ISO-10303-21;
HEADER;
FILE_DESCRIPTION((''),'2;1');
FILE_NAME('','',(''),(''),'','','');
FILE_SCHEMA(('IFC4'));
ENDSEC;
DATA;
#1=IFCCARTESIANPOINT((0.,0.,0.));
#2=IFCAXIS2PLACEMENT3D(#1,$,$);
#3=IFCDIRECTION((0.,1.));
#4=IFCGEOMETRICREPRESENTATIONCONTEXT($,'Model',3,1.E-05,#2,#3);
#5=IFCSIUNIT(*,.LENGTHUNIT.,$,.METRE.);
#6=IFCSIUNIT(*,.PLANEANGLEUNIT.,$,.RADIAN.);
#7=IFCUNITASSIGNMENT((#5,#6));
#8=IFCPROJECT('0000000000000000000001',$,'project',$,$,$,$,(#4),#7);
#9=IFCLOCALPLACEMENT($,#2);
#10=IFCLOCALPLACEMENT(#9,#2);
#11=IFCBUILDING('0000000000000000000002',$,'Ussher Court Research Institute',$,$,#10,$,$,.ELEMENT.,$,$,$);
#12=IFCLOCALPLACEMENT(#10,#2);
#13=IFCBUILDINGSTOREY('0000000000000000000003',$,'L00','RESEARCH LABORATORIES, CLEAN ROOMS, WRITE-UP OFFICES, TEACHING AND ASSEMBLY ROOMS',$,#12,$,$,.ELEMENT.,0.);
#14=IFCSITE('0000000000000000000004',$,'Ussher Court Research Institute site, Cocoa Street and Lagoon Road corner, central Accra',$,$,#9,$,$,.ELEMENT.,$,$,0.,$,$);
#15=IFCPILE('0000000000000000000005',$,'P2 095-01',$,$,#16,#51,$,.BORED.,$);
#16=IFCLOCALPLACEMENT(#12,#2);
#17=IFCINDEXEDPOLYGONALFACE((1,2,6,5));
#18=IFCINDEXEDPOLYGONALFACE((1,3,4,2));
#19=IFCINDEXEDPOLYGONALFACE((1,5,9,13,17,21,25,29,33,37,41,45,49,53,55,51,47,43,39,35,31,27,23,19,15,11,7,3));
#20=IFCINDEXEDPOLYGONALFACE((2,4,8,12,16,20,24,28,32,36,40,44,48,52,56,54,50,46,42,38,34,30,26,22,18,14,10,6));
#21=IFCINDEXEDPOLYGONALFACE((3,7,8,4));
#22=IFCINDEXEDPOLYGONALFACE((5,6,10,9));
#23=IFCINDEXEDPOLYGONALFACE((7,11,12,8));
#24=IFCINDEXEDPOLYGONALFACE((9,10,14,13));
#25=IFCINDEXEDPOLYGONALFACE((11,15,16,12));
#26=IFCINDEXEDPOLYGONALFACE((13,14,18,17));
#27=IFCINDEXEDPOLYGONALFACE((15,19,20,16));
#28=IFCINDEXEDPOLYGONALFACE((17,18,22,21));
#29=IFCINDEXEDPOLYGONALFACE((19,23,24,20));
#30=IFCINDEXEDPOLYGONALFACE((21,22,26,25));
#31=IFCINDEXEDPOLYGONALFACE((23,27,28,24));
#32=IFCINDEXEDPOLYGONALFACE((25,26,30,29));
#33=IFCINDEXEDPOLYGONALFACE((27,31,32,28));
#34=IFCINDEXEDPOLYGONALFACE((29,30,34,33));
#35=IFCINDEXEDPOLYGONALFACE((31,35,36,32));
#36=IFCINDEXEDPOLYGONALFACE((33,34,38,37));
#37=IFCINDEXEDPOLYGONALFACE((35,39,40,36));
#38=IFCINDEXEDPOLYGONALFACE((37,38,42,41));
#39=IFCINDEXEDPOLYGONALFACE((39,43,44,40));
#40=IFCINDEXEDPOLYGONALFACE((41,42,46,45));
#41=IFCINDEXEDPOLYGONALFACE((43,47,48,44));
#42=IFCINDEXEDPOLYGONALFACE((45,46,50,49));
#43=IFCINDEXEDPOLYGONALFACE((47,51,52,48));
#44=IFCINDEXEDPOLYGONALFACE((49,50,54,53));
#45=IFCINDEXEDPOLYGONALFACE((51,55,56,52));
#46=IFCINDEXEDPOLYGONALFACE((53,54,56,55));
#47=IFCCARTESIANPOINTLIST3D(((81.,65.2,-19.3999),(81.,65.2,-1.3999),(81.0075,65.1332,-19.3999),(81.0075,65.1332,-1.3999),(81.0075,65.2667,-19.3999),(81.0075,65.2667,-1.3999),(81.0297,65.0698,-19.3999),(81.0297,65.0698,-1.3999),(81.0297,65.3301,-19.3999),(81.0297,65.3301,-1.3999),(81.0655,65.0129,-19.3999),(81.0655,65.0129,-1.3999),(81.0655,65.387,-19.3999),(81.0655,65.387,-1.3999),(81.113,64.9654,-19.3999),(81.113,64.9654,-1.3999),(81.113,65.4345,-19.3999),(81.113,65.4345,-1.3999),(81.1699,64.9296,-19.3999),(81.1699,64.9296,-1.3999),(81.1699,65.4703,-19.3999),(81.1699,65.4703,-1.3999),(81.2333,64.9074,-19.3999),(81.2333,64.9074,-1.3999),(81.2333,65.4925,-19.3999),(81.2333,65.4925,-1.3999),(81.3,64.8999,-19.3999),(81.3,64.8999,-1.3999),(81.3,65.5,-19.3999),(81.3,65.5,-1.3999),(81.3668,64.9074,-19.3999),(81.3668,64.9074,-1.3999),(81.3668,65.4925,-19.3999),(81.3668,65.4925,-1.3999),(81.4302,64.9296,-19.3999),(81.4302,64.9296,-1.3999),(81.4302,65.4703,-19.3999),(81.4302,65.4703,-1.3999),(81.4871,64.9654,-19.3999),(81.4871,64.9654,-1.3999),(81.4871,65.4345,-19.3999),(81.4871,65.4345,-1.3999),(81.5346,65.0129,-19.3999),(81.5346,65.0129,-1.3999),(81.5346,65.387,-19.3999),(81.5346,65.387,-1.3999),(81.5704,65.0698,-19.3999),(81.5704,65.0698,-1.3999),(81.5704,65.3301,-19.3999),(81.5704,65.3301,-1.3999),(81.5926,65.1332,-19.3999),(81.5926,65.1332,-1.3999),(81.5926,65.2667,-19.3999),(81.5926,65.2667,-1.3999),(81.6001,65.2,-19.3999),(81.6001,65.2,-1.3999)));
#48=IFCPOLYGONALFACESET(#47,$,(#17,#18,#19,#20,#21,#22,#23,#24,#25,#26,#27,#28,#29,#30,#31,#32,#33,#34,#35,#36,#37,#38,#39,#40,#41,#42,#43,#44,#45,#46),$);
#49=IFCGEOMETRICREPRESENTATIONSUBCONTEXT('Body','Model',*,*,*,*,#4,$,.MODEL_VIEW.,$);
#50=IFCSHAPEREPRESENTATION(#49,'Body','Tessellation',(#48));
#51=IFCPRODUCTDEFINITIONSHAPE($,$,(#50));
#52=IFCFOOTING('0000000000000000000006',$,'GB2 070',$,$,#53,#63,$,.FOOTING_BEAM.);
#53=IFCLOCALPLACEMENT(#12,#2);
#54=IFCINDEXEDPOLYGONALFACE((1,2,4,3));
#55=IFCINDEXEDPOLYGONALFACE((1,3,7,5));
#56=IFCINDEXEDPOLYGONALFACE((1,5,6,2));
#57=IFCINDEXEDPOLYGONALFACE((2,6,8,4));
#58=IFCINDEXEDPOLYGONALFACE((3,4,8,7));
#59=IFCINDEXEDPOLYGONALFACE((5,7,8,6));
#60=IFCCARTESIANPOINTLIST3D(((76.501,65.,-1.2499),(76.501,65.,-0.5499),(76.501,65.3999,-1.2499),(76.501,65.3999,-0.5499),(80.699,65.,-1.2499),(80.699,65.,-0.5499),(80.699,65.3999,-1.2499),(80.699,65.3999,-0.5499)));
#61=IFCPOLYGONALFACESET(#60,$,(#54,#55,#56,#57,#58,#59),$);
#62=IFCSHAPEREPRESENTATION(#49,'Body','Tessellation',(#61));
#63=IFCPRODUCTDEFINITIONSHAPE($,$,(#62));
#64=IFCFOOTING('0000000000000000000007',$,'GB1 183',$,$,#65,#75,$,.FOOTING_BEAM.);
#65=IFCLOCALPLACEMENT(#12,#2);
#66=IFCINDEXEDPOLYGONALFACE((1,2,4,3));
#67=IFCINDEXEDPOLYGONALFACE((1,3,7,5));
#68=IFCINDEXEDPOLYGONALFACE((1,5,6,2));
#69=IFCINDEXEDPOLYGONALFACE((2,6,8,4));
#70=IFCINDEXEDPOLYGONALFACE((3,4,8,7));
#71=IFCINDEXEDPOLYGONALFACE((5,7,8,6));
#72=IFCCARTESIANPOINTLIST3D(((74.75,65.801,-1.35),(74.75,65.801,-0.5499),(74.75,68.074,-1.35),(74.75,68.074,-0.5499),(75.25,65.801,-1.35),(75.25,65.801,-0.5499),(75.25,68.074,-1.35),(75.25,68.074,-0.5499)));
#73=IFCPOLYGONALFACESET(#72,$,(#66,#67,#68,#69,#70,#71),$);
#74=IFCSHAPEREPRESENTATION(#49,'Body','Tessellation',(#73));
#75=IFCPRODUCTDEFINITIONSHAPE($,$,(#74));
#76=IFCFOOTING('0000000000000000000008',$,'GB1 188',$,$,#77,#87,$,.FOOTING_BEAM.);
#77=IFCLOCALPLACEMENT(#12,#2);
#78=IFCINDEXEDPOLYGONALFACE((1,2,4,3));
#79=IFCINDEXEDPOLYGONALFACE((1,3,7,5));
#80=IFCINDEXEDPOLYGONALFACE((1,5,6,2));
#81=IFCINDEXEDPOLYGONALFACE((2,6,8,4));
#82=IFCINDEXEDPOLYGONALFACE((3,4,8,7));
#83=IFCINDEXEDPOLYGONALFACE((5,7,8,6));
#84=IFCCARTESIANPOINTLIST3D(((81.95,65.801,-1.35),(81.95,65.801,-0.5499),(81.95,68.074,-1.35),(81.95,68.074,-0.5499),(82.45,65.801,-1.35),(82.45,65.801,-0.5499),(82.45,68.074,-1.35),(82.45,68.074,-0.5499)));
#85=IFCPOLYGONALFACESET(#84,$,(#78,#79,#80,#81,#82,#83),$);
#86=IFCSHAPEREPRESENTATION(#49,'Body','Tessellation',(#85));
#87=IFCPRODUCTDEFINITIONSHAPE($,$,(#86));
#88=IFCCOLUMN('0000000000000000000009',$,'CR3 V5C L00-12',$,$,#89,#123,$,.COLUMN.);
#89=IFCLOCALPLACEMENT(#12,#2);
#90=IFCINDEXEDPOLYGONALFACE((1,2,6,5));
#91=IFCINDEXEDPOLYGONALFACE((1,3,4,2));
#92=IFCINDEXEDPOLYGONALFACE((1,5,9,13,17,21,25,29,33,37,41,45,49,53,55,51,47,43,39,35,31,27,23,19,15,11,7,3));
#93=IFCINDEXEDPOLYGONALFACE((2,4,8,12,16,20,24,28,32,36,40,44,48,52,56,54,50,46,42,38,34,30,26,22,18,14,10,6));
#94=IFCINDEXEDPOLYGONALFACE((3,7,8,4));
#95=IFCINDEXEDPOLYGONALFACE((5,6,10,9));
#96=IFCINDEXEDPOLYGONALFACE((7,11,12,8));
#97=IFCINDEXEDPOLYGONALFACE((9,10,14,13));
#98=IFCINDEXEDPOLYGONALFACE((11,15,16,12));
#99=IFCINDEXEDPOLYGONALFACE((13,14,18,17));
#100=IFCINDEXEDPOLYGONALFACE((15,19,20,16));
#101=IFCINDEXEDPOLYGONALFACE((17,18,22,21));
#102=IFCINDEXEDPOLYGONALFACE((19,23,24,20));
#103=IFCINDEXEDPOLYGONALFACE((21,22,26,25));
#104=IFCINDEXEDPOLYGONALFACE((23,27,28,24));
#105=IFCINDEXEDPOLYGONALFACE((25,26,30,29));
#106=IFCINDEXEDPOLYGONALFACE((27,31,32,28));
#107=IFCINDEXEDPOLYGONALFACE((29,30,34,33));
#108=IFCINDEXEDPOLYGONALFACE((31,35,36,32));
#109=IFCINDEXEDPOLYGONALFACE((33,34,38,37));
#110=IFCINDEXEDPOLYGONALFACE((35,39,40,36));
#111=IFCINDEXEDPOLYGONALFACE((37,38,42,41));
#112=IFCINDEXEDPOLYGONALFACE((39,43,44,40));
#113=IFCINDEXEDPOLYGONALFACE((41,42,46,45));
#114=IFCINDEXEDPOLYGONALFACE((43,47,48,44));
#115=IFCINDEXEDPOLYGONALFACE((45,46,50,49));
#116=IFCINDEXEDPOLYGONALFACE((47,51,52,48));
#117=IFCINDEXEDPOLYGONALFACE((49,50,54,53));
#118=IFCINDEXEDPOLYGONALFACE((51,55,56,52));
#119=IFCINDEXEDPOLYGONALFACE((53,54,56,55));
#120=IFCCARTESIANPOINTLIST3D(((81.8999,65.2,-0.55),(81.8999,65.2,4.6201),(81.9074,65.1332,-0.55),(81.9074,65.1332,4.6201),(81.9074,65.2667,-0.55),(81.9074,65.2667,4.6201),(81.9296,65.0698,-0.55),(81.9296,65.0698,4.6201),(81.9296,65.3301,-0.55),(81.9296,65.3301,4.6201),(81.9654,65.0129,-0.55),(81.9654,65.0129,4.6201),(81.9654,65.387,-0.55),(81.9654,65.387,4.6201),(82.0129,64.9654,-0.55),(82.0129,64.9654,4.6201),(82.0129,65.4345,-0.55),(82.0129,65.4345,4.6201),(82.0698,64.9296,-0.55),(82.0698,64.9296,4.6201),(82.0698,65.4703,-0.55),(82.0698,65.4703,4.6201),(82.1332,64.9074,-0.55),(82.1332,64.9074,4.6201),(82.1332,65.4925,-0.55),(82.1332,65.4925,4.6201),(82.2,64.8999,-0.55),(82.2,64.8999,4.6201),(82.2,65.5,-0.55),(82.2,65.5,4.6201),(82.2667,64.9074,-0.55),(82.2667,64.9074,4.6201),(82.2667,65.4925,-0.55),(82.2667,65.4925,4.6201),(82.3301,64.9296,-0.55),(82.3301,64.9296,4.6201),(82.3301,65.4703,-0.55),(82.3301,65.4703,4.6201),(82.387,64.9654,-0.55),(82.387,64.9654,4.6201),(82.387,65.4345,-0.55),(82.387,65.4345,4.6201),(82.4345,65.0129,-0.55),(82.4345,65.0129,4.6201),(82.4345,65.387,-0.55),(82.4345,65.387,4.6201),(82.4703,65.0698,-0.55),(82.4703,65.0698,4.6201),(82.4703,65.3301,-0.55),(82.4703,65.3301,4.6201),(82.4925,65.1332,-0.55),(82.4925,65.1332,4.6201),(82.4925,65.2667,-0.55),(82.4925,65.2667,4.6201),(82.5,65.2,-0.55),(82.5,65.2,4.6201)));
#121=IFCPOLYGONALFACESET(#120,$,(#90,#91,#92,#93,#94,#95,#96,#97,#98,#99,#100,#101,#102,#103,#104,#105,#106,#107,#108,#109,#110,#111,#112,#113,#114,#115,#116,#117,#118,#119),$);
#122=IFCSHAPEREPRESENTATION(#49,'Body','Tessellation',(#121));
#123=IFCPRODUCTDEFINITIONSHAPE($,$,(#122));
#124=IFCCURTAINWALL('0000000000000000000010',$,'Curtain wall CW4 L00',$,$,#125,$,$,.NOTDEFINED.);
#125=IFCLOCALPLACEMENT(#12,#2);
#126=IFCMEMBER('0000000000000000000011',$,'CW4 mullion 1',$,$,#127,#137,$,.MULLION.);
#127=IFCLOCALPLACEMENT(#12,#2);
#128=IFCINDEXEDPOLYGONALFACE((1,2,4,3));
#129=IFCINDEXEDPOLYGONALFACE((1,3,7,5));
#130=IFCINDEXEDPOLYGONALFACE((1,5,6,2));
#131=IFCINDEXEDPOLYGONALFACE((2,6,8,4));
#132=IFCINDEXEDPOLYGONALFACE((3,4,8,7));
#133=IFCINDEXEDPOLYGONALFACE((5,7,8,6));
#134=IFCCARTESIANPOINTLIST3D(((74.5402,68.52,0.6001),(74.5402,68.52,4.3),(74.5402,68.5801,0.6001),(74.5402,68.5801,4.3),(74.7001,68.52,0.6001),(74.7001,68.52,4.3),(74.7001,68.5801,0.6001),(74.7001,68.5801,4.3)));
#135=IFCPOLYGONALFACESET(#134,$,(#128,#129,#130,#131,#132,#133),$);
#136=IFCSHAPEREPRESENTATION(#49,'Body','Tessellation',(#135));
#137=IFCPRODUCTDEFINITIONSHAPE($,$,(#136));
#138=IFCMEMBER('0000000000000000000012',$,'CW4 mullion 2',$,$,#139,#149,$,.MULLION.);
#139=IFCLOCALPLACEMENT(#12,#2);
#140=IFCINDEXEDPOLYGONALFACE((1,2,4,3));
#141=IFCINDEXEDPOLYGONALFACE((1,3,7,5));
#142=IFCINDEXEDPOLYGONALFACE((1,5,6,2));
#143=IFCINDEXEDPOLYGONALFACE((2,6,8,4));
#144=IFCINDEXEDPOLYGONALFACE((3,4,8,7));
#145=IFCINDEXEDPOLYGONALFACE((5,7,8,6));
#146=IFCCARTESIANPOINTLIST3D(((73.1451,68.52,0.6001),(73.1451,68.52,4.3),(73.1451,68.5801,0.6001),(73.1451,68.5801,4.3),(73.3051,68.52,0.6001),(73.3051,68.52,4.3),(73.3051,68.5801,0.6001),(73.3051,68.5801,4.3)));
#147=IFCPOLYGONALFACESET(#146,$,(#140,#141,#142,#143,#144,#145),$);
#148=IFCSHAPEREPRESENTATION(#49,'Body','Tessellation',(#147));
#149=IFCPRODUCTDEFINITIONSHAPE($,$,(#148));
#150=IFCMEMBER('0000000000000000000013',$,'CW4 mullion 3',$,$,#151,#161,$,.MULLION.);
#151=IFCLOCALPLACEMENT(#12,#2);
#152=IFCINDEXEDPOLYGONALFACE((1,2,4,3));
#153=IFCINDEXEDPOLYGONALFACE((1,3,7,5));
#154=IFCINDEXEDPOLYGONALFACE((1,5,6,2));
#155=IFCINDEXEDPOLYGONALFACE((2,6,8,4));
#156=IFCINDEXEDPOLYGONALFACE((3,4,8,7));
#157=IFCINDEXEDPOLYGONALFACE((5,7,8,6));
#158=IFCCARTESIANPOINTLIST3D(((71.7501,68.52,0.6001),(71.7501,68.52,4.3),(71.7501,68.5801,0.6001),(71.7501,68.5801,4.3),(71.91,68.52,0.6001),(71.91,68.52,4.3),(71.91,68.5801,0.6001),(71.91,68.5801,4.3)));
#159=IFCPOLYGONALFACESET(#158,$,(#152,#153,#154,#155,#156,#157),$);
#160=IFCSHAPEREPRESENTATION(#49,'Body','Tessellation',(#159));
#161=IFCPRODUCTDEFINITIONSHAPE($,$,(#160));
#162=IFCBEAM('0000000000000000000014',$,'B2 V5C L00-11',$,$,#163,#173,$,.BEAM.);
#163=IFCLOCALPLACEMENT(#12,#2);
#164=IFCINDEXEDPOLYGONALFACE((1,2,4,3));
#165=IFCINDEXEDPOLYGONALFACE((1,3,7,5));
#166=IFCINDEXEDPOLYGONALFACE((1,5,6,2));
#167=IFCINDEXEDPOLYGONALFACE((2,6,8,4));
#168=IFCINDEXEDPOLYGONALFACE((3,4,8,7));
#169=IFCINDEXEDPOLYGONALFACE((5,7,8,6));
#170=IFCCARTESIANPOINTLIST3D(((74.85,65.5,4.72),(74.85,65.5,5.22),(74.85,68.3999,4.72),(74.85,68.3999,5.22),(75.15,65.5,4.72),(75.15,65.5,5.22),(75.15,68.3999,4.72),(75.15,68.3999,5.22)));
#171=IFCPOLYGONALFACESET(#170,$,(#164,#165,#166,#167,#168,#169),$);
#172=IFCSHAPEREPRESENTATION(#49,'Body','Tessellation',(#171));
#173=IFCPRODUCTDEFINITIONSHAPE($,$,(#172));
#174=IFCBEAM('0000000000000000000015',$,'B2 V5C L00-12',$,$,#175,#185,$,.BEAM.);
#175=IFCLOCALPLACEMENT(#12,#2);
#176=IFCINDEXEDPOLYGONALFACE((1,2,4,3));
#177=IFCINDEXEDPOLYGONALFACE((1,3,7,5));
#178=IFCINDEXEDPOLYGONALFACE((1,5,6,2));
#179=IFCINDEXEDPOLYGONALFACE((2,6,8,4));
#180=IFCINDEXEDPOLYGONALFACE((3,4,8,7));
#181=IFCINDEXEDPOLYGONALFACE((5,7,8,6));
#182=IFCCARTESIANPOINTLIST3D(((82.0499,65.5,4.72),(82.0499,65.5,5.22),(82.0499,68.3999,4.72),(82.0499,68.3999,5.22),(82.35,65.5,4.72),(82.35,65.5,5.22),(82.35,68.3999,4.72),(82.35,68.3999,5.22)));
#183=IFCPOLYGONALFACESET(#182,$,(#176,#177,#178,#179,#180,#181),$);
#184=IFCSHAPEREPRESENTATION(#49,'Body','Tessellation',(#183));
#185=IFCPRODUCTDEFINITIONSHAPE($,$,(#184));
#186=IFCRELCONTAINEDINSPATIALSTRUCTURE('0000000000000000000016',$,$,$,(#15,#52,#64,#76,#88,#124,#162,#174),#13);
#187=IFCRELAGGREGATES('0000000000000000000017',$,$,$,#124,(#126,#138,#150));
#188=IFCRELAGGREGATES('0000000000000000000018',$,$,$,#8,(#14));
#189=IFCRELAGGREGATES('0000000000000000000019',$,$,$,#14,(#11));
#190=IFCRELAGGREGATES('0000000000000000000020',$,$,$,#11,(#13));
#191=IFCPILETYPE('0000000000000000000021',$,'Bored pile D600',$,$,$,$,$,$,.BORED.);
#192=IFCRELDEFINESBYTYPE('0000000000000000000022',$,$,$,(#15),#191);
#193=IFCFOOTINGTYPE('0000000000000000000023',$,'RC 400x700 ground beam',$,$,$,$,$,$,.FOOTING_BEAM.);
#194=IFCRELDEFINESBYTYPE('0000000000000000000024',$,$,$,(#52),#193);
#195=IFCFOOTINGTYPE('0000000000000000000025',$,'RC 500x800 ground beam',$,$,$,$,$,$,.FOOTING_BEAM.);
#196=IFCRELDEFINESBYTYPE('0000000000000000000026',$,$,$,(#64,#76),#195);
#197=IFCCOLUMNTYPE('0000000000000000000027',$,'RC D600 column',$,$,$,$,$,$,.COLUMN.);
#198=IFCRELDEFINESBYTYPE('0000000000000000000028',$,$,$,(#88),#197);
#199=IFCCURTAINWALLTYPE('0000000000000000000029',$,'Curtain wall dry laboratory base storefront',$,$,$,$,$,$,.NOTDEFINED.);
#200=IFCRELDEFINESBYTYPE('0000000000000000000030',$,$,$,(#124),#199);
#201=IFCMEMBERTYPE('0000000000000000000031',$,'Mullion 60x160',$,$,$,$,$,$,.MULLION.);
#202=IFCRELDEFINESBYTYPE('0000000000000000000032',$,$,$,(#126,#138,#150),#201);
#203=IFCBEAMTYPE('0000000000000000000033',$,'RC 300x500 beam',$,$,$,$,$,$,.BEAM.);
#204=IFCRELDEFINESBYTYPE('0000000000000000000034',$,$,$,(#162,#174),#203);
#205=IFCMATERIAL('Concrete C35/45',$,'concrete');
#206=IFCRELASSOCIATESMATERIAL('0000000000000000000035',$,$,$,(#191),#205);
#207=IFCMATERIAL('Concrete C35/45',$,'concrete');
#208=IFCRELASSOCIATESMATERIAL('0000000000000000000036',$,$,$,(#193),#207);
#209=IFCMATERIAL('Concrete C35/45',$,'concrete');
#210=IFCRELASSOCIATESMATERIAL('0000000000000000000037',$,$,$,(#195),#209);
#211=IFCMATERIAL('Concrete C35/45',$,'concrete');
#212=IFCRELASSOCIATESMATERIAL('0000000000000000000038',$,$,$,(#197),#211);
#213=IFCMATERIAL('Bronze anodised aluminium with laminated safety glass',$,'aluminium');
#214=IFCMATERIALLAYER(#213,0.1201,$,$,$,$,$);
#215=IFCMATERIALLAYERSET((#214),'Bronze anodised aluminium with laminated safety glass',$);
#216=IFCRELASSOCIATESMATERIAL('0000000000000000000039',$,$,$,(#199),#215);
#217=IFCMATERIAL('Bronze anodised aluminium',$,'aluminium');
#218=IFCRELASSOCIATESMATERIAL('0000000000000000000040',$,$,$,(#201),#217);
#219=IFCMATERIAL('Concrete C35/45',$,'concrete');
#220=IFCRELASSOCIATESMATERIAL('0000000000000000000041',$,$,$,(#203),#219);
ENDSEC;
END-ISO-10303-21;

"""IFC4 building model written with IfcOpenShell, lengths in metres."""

from ifc_helpers import new_model, si_unit, direction, frame, origin, origin_2d, place, context, subcontext, project, spatial, rectangle, circle, extrude, material, layer, layer_set, material_profile, profile_set, type_object, element, aggregate, save


model = new_model("IFC4")

# Units and contexts
model_context = context("Model", 3, precision=1e-05, world=origin(), true_north=direction((0.0, 1.0)))
body_context = subcontext(model_context, "Body", "Model", "MODEL_VIEW")
ifc_project = project(units=[si_unit("LENGTHUNIT", "METRE"), si_unit("PLANEANGLEUNIT", "RADIAN")], contexts=[model_context])

# Site, building, storey
site_placement = place(None, origin())
site = spatial("IfcSite", under=ifc_project, at=site_placement, Name="Ussher Court Research Institute site, Cocoa Street and Lagoon Road corner, central Accra", CompositionType="ELEMENT", RefElevation=0.0)
building_placement = place(site_placement, origin())
building = spatial("IfcBuilding", under=site, at=building_placement, Name="Ussher Court Research Institute", CompositionType="ELEMENT")
storey_placement = place(building_placement, origin())
storey = spatial("IfcBuildingStorey", under=building, at=storey_placement, Name="L00", Description="RESEARCH LABORATORIES, CLEAN ROOMS, WRITE-UP OFFICES, TEACHING AND ASSEMBLY ROOMS", CompositionType="ELEMENT", Elevation=0.0)

# Pile
ifc_material_1 = material(Name="Concrete C35/45", Category="concrete")
ifc_material_profile_1 = material_profile(ifc_material_1, circle(Radius=0.3, at=origin_2d()), Name="RC D600")
ifc_profile_set_1 = profile_set([ifc_material_profile_1], Name="Concrete C35/45")
pile_type = type_object("IfcPileType", Name="Bored pile D600", PredefinedType="BORED", material=ifc_profile_set_1)
pile_placement = place(storey_placement, frame((81.3, 65.2, -1.3999), z_axis=(0.0, 0.0, -1.0), x_axis=(1.0, 0.0, 0.0)))
element("IfcPile", 1, at=pile_placement, inside=storey, type_object=pile_type, Name="P2 095-01", PredefinedType="BORED", context=body_context, shape_type="SweptSolid", body=[
    extrude(circle(Radius=0.3, at=origin_2d()), origin(), (0.0, 0.0, 1.0), 18.0),
])

# Footings
ifc_material_2 = material(Name="Concrete C35/45", Category="concrete")
ifc_material_profile_2 = material_profile(ifc_material_2, rectangle(XDim=0.3999, YDim=0.7, at=origin_2d()), Name="RC 400x700")
ifc_profile_set_2 = profile_set([ifc_material_profile_2], Name="Concrete C35/45")
footing_type_1 = type_object("IfcFootingType", Name="RC 400x700 ground beam", PredefinedType="FOOTING_BEAM", material=ifc_profile_set_2)
footing_placement = place(storey_placement, frame((76.501, 65.2, -0.8999), z_axis=(1.0, 0.0, 0.0), x_axis=(0.0, 1.0, 0.0)))
element("IfcFooting", 2, at=footing_placement, inside=storey, type_object=footing_type_1, Name="GB2 070", PredefinedType="FOOTING_BEAM", context=body_context, shape_type="SweptSolid", body=[
    extrude(rectangle(XDim=0.3999, YDim=0.7, at=origin_2d()), origin(), (0.0, 0.0, 1.0), 4.198),
])
ifc_material_3 = material(Name="Concrete C35/45", Category="concrete")
ifc_material_profile_3 = material_profile(ifc_material_3, rectangle(XDim=0.5, YDim=0.8, at=origin_2d()), Name="RC 500x800")
ifc_profile_set_3 = profile_set([ifc_material_profile_3], Name="Concrete C35/45")
footing_type_2 = type_object("IfcFootingType", Name="RC 500x800 ground beam", PredefinedType="FOOTING_BEAM", material=ifc_profile_set_3)
for number, where, z_axis, x_axis, name in (
    (3, (75.0, 65.801, -0.95), (0.0, 1.0, 0.0), (-1.0, 0.0, 0.0), "GB1 183"),
    (4, (82.2, 65.801, -0.95), (0.0, 1.0, 0.0), (-1.0, 0.0, 0.0), "GB1 188"),
):
    element("IfcFooting", number, at=place(storey_placement, frame(where, z_axis=z_axis, x_axis=x_axis)), inside=storey, type_object=footing_type_2, Name=name, PredefinedType="FOOTING_BEAM", context=body_context, shape_type="SweptSolid", body=[
        extrude(rectangle(XDim=0.5, YDim=0.8, at=origin_2d()), origin(), (0.0, 0.0, 1.0), 2.2729),
    ])

# Column
ifc_material_4 = material(Name="Concrete C35/45", Category="concrete")
ifc_material_profile_4 = material_profile(ifc_material_4, circle(Radius=0.3, at=origin_2d()), Name="RC D600")
ifc_profile_set_4 = profile_set([ifc_material_profile_4], Name="Concrete C35/45")
column_type = type_object("IfcColumnType", Name="RC D600 column", PredefinedType="COLUMN", material=ifc_profile_set_4)
column_placement = place(storey_placement, frame((82.2, 65.2, -0.55), z_axis=(0.0, 0.0, 1.0), x_axis=(1.0, 0.0, 0.0)))
element("IfcColumn", 5, at=column_placement, inside=storey, type_object=column_type, Name="CR3 V5C L00-12", PredefinedType="COLUMN", context=body_context, shape_type="SweptSolid", body=[
    extrude(circle(Radius=0.3, at=origin_2d()), origin(), (0.0, 0.0, 1.0), 5.1702),
])

# Curtain wall, members
ifc_material_5 = material(Name="Bronze anodised aluminium with laminated safety glass", Category="aluminium")
ifc_layer_1 = layer(ifc_material_5, 0.1201)
ifc_layer_set_1 = layer_set([ifc_layer_1], Name="Bronze anodised aluminium with laminated safety glass")
curtain_wall_type = type_object("IfcCurtainWallType", Name="Curtain wall dry laboratory base storefront", PredefinedType="NOTDEFINED", material=ifc_layer_set_1)
curtain_wall_placement = place(storey_placement, origin())
curtain_wall = element("IfcCurtainWall", 6, at=curtain_wall_placement, inside=storey, type_object=curtain_wall_type, Name="Curtain wall CW4 L00", PredefinedType="NOTDEFINED")
ifc_material_6 = material(Name="Bronze anodised aluminium", Category="aluminium")
ifc_material_profile_5 = material_profile(ifc_material_6, rectangle(XDim=0.0601, YDim=0.1599, at=origin_2d()), Name="Mullion 60x160")
ifc_profile_set_5 = profile_set([ifc_material_profile_5], Name="Bronze anodised aluminium")
member_type_1 = type_object("IfcMemberType", Name="Mullion 60x160", PredefinedType="MULLION", material=ifc_profile_set_5)
member_1_placement = place(storey_placement, frame((74.6201, 68.55, 0.6001), z_axis=(0.0, 0.0, 1.0), x_axis=(0.0, -1.0, 0.0)))
member_1 = element("IfcMember", 7, at=member_1_placement, type_object=member_type_1, Name="CW4 mullion 1", PredefinedType="MULLION", context=body_context, shape_type="SweptSolid", body=[
    extrude(rectangle(XDim=0.0601, YDim=0.1599, at=origin_2d()), origin(), (0.0, 0.0, 1.0), 3.7),
])
member_2_placement = place(storey_placement, frame((73.2251, 68.55, 0.6001), z_axis=(0.0, 0.0, 1.0), x_axis=(0.0, -1.0, 0.0)))
member_2 = element("IfcMember", 8, at=member_2_placement, type_object=member_type_1, Name="CW4 mullion 2", PredefinedType="MULLION", context=body_context, shape_type="SweptSolid", body=[
    extrude(rectangle(XDim=0.0601, YDim=0.1599, at=origin_2d()), origin(), (0.0, 0.0, 1.0), 3.7),
])
member_3_placement = place(storey_placement, frame((71.8301, 68.55, 0.6001), z_axis=(0.0, 0.0, 1.0), x_axis=(0.0, -1.0, 0.0)))
member_3 = element("IfcMember", 9, at=member_3_placement, type_object=member_type_1, Name="CW4 mullion 3", PredefinedType="MULLION", context=body_context, shape_type="SweptSolid", body=[
    extrude(rectangle(XDim=0.0601, YDim=0.1599, at=origin_2d()), origin(), (0.0, 0.0, 1.0), 3.7),
])

# Beams
ifc_material_7 = material(Name="Concrete C35/45", Category="concrete")
ifc_material_profile_6 = material_profile(ifc_material_7, rectangle(XDim=0.3, YDim=0.5, at=origin_2d()), Name="RC 300x500")
ifc_profile_set_6 = profile_set([ifc_material_profile_6], Name="Concrete C35/45")
beam_type = type_object("IfcBeamType", Name="RC 300x500 beam", PredefinedType="BEAM", material=ifc_profile_set_6)
for number, where, z_axis, x_axis, name in (
    (10, (75.0, 65.5, 4.97), (0.0, 1.0, 0.0), (-1.0, 0.0, 0.0), "B2 V5C L00-11"),
    (11, (82.2, 65.5, 4.97), (0.0, 1.0, 0.0), (-1.0, 0.0, 0.0), "B2 V5C L00-12"),
):
    element("IfcBeam", number, at=place(storey_placement, frame(where, z_axis=z_axis, x_axis=x_axis)), inside=storey, type_object=beam_type, Name=name, PredefinedType="BEAM", context=body_context, shape_type="SweptSolid", body=[
        extrude(rectangle(XDim=0.3, YDim=0.5, at=origin_2d()), origin(), (0.0, 0.0, 1.0), 2.8999),
    ])

aggregate(curtain_wall, [member_1, member_2, member_3])

save(model, "model.ifc")
